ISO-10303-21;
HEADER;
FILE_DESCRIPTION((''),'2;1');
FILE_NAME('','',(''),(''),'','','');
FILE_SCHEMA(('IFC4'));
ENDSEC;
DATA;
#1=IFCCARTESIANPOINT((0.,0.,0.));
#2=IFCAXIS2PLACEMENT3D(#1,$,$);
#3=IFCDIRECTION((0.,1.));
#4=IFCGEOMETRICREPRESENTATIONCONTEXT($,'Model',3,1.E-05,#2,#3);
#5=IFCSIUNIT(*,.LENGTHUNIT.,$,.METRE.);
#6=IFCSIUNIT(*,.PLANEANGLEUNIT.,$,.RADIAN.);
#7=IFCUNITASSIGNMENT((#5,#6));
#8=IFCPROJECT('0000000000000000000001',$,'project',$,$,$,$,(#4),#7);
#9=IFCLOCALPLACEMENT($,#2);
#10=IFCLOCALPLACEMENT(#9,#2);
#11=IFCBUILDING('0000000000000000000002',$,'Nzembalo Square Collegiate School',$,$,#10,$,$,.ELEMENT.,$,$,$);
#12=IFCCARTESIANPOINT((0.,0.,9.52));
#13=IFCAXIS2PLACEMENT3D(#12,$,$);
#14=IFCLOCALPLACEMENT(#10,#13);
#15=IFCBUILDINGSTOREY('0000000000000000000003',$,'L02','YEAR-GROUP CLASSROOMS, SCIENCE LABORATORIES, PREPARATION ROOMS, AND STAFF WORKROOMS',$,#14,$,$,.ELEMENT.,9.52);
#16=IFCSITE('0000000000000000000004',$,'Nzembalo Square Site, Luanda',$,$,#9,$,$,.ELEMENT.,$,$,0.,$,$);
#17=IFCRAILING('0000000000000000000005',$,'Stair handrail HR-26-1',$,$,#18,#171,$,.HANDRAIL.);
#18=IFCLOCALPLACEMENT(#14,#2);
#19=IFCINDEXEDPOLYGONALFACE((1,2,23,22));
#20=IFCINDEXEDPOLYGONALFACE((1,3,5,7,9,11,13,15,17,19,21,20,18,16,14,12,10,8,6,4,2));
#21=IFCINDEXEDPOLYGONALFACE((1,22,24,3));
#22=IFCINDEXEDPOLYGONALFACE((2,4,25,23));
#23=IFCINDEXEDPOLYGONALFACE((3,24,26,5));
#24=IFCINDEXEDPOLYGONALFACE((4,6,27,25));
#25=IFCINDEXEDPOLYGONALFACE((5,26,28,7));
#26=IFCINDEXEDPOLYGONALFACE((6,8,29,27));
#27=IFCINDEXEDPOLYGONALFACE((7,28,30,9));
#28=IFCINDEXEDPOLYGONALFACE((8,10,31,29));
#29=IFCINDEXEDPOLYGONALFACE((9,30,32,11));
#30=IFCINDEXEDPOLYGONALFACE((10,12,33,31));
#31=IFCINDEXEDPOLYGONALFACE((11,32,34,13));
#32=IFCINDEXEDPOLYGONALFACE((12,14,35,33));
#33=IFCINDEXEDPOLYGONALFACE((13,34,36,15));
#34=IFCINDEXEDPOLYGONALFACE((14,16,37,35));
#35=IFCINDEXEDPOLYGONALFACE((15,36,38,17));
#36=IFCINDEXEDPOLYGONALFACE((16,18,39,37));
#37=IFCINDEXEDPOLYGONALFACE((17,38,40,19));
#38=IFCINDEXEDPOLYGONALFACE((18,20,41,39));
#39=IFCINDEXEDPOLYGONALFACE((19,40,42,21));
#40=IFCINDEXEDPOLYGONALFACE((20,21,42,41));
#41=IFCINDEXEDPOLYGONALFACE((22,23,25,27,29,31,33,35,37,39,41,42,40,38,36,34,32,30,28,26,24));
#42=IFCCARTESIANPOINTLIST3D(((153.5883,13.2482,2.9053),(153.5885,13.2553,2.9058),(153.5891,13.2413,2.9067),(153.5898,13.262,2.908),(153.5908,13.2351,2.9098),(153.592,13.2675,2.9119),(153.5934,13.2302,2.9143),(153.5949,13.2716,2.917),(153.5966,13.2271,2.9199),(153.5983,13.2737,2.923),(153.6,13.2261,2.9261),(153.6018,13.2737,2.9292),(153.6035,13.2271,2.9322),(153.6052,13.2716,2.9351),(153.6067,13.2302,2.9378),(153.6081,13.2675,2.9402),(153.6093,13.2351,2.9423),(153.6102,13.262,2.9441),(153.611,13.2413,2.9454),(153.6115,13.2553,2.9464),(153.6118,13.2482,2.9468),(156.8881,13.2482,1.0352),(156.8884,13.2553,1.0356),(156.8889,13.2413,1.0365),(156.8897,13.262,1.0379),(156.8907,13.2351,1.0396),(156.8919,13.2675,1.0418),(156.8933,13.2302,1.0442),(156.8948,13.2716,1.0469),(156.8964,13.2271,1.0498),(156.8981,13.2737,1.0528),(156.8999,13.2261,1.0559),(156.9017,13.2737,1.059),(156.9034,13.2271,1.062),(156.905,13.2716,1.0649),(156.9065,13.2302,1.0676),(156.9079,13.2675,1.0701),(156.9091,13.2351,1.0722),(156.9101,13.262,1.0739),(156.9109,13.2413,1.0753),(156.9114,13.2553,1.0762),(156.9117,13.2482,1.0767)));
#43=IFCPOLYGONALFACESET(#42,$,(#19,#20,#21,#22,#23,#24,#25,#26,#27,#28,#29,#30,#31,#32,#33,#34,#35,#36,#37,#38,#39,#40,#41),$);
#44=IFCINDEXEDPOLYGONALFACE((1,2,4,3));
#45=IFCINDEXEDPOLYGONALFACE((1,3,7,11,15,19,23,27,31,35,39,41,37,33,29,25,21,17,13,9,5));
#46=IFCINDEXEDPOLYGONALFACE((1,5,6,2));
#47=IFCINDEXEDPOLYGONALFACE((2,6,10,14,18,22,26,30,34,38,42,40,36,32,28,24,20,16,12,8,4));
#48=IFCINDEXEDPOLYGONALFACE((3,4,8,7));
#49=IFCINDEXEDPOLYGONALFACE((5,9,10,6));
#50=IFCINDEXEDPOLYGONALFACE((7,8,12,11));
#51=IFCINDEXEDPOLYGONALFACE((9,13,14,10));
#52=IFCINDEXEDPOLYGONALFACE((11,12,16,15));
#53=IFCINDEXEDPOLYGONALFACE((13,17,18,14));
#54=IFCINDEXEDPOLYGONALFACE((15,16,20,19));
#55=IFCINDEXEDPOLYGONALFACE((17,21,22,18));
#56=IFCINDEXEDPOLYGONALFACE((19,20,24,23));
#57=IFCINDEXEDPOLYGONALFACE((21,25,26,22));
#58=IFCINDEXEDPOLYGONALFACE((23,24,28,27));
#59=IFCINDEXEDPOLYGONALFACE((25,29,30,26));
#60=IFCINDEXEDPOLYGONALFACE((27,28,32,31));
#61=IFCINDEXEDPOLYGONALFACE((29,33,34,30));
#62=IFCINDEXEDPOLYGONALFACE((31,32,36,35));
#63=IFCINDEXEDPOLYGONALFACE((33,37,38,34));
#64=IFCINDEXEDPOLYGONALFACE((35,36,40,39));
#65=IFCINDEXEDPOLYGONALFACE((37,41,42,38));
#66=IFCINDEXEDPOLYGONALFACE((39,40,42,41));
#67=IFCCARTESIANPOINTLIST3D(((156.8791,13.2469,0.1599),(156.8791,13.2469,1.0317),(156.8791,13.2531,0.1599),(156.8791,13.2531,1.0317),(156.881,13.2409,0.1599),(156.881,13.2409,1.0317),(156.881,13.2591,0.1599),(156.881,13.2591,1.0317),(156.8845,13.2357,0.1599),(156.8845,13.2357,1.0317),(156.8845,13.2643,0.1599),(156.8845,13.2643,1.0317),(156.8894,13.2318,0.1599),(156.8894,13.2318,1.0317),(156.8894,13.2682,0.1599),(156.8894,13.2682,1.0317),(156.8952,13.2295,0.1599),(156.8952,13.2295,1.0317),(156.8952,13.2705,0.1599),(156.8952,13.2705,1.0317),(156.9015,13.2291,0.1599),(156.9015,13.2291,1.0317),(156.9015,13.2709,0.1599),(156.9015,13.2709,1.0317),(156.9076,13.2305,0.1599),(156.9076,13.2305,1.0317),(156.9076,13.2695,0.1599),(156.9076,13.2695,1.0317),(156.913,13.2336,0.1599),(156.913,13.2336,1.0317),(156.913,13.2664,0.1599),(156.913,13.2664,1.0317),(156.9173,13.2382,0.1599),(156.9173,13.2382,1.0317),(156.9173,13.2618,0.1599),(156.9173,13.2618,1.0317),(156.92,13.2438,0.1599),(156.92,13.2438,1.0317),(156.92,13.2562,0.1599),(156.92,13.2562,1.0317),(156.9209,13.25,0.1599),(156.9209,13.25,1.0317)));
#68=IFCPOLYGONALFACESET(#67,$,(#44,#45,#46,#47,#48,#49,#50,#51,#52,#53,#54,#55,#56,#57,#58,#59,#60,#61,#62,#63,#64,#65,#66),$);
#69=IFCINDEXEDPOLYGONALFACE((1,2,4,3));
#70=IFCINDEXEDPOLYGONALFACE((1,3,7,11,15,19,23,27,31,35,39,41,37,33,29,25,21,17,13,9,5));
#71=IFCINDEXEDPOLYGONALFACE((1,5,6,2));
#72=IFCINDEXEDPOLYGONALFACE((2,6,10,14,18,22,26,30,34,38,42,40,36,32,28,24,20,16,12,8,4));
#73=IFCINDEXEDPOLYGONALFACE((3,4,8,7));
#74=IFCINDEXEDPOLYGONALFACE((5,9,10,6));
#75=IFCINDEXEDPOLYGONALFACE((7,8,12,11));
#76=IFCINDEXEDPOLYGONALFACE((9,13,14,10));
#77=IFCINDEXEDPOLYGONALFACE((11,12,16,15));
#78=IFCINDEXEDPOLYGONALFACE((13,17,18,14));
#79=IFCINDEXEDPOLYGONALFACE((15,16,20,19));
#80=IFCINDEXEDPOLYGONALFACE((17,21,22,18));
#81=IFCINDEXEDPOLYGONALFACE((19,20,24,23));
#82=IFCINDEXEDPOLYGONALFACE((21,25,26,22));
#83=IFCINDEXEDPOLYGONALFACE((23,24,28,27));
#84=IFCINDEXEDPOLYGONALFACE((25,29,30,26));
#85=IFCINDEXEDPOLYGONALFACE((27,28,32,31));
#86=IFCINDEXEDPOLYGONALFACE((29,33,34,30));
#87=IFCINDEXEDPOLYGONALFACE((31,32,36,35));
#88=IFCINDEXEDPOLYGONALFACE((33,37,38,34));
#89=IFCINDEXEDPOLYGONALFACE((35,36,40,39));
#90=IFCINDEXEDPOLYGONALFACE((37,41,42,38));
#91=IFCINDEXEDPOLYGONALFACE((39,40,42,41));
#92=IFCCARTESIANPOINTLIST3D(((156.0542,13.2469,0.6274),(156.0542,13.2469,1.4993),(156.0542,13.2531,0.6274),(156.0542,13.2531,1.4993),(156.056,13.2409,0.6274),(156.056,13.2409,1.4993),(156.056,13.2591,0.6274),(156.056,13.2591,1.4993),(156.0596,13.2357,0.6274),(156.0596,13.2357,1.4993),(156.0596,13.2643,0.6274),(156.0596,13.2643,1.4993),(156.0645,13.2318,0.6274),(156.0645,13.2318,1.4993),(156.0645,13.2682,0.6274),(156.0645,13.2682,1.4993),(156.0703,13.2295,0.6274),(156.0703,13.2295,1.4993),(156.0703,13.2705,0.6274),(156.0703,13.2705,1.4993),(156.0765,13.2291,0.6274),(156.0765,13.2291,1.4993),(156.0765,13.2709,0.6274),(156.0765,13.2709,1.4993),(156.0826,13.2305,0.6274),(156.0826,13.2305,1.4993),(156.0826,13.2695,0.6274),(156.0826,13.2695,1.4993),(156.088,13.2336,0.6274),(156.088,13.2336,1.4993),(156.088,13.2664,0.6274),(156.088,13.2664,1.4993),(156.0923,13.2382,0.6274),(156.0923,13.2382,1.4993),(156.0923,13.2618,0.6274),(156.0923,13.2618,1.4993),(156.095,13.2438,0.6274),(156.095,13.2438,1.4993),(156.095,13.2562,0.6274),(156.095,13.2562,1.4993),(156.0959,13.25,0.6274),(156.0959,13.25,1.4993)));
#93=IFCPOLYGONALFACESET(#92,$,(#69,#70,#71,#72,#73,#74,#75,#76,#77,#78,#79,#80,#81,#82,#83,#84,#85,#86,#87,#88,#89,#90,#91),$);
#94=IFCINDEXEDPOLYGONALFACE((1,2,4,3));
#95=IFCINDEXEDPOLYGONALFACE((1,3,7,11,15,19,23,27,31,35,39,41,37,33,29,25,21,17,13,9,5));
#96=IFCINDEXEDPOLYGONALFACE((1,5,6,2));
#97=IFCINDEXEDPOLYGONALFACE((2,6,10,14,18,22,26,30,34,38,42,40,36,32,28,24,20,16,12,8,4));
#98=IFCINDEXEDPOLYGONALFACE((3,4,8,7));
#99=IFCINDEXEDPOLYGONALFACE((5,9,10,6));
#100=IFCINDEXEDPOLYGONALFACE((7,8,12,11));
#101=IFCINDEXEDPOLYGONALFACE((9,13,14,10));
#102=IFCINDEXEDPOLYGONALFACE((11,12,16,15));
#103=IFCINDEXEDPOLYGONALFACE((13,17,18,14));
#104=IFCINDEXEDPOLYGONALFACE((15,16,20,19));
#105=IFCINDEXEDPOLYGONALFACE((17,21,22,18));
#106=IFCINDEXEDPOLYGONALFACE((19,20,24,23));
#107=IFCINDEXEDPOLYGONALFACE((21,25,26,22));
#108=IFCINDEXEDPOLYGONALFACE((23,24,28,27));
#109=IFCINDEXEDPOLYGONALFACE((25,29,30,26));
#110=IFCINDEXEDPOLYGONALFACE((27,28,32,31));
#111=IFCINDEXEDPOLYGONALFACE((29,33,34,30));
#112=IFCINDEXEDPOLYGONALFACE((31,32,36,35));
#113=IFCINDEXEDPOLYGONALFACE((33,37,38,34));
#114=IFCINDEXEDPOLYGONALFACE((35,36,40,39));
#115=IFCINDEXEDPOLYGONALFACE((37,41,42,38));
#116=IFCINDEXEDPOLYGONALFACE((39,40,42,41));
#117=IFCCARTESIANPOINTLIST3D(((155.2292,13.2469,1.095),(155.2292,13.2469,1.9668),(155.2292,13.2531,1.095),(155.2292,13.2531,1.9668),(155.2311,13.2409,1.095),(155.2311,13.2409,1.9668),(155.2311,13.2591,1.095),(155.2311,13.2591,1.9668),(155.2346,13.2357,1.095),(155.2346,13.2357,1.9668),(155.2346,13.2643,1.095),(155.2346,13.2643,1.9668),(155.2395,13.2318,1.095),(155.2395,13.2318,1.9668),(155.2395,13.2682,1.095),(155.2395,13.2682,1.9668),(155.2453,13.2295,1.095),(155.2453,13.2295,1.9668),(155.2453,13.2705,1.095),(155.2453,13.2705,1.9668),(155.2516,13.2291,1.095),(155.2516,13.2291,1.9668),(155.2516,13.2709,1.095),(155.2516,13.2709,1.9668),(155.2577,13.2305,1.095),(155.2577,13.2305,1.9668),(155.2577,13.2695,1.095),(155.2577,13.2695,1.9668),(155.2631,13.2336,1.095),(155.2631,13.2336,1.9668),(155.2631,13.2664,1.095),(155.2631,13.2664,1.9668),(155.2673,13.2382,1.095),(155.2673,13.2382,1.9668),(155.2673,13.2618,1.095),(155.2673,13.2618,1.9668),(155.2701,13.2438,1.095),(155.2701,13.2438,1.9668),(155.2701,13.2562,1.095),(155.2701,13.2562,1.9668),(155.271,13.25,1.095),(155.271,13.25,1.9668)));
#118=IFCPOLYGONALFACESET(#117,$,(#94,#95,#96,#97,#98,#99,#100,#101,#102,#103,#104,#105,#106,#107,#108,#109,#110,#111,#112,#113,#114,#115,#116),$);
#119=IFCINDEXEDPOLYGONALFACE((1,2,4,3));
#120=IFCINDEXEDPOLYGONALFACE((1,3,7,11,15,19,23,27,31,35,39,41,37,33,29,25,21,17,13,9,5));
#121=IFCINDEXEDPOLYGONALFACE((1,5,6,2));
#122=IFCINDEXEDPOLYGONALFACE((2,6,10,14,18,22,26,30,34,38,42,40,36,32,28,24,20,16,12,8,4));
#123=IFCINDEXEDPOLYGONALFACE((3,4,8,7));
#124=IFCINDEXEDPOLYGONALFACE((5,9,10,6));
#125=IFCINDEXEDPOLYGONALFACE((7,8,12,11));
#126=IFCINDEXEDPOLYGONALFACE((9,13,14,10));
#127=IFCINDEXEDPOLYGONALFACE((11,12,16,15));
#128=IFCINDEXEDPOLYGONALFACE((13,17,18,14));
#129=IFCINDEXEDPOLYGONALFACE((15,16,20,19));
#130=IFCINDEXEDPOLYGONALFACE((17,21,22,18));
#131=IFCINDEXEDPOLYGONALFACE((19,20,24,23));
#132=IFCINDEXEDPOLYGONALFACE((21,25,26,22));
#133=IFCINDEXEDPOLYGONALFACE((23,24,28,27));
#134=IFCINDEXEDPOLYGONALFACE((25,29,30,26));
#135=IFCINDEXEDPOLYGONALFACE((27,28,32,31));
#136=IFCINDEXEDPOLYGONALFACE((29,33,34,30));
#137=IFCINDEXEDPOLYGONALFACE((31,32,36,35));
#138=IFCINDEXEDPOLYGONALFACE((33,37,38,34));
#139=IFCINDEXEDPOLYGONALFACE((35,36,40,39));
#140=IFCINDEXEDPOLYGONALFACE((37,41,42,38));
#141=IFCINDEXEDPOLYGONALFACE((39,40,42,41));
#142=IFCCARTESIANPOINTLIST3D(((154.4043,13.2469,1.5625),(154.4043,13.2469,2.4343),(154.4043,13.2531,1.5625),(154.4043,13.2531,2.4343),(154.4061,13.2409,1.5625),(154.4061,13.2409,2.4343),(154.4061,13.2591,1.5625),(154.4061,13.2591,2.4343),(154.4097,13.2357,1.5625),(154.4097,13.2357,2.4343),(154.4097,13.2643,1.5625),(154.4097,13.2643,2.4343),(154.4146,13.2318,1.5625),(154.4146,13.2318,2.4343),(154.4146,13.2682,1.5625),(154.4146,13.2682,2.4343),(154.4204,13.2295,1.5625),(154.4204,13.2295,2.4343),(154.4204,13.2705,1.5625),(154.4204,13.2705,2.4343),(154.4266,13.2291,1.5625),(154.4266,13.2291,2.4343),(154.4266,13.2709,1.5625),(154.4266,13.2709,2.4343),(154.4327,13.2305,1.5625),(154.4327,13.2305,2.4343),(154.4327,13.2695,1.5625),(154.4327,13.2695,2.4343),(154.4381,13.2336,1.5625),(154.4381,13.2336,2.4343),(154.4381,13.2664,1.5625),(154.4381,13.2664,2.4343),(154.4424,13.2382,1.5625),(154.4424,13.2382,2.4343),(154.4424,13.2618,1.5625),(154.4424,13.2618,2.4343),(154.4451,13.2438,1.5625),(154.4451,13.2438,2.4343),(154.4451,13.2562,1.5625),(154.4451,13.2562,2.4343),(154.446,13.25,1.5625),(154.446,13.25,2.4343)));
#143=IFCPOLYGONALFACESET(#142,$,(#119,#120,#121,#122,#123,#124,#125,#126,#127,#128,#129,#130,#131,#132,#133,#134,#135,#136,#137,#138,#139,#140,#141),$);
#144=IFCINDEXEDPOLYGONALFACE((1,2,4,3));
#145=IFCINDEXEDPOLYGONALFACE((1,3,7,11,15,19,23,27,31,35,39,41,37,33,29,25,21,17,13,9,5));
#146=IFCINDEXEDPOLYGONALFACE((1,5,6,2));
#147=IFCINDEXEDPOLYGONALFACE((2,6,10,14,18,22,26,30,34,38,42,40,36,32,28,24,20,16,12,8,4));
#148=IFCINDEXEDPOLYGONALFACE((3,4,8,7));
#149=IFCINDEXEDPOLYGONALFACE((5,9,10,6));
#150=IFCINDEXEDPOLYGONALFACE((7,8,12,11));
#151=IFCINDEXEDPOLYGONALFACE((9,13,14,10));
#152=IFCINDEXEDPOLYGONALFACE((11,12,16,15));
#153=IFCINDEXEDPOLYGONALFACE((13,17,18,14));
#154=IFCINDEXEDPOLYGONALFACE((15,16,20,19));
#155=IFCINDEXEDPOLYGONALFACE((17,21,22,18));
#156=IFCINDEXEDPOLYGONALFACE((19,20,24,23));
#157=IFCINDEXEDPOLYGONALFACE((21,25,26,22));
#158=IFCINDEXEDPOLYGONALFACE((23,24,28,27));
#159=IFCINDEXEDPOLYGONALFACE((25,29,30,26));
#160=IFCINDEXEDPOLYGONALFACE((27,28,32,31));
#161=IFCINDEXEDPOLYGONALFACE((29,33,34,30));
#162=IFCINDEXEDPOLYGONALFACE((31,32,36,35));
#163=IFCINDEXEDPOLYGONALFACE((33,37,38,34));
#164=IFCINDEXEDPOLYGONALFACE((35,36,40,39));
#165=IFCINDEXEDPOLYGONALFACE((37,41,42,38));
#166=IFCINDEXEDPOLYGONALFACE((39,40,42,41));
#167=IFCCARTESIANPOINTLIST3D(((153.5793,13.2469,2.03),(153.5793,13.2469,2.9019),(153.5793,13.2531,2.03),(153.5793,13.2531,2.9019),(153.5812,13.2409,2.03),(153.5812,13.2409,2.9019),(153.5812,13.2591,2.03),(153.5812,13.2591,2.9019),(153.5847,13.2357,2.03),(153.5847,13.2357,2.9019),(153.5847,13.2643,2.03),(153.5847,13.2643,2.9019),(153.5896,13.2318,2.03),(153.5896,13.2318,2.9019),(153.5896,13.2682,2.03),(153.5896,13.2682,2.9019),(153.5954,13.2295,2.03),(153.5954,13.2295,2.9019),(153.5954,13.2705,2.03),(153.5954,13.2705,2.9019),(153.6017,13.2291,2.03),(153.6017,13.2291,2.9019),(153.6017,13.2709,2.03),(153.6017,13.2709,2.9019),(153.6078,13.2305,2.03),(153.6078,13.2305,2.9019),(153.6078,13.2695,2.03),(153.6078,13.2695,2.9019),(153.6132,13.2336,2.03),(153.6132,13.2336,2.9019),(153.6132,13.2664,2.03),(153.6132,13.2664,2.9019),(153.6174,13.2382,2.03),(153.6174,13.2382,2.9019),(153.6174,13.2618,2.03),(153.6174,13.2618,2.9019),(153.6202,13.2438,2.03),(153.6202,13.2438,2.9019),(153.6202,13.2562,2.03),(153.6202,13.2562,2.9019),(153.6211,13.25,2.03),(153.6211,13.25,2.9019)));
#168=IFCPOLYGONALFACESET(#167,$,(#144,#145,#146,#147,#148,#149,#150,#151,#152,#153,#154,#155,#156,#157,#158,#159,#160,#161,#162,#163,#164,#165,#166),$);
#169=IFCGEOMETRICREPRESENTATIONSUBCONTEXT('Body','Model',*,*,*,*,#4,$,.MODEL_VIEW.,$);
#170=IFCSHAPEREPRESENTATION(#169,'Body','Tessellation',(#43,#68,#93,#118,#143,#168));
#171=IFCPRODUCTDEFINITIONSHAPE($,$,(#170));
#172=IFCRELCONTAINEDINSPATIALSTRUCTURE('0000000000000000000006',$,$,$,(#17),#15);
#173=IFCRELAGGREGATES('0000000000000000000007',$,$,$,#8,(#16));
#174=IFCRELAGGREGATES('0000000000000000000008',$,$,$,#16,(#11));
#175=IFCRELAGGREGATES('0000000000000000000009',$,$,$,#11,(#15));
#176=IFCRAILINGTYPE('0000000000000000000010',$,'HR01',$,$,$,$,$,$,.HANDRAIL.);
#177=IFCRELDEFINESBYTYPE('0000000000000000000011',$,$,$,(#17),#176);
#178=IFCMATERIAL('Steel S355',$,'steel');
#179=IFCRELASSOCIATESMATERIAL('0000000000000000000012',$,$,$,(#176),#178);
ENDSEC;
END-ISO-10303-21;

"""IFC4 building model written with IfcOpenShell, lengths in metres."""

from ifc_helpers import new_model, si_unit, direction, frame, origin, origin_2d, place, context, subcontext, project, spatial, circle, extrude, material, type_object, element, save


model = new_model("IFC4")

# Units and contexts
model_context = context("Model", 3, precision=1e-05, world=origin(), true_north=direction((0.0, 1.0)))
body_context = subcontext(model_context, "Body", "Model", "MODEL_VIEW")
ifc_project = project(units=[si_unit("LENGTHUNIT", "METRE"), si_unit("PLANEANGLEUNIT", "RADIAN")], contexts=[model_context])

# Site, building, storey
site_placement = place(None, origin())
site = spatial("IfcSite", under=ifc_project, at=site_placement, Name="Nzembalo Square Site, Luanda", CompositionType="ELEMENT", RefElevation=0.0)
building_placement = place(site_placement, origin())
building = spatial("IfcBuilding", under=site, at=building_placement, Name="Nzembalo Square Collegiate School", CompositionType="ELEMENT")
storey_placement = place(building_placement, frame((0.0, 0.0, 9.52)))
storey = spatial("IfcBuildingStorey", under=building, at=storey_placement, Name="L02", Description="YEAR-GROUP CLASSROOMS, SCIENCE LABORATORIES, PREPARATION ROOMS, AND STAFF WORKROOMS", CompositionType="ELEMENT", Elevation=9.52)

# Railing
ifc_material_1 = material(Name="Steel S355", Category="steel")
railing_type_1 = type_object("IfcRailingType", Name="HR01", PredefinedType="HANDRAIL", material=ifc_material_1)
railing_1_placement = place(storey_placement, frame((156.8999, 13.25, 0.1599)))
element("IfcRailing", 1, at=railing_1_placement, inside=storey, type_object=railing_type_1, Name="Stair handrail HR-26-1", PredefinedType="HANDRAIL", context=body_context, shape_type="SweptSolid", body=[
    extrude(circle(Radius=0.0239, at=origin_2d()), frame((0.0, 0.0, 0.896), z_axis=(-0.869996, 0.0, 0.493058), x_axis=(0.0, -1.0, 0.0)), (0.0, 0.0, 1.0), 3.793),
    extrude(circle(Radius=0.021, at=origin_2d()), origin(), (0.0, 0.0, 1.0), 0.8718),
    extrude(circle(Radius=0.021, at=origin_2d()), frame((-0.825, 0.0, 0.4675)), (0.0, 0.0, 1.0), 0.8718),
    extrude(circle(Radius=0.021, at=origin_2d()), frame((-1.6499, 0.0, 0.9351)), (0.0, 0.0, 1.0), 0.8718),
    extrude(circle(Radius=0.021, at=origin_2d()), frame((-2.4749, 0.0, 1.4026)), (0.0, 0.0, 1.0), 0.8718),
    extrude(circle(Radius=0.021, at=origin_2d()), frame((-3.2998, 0.0, 1.8701)), (0.0, 0.0, 1.0), 0.8718),
])

save(model, "model.ifc")
